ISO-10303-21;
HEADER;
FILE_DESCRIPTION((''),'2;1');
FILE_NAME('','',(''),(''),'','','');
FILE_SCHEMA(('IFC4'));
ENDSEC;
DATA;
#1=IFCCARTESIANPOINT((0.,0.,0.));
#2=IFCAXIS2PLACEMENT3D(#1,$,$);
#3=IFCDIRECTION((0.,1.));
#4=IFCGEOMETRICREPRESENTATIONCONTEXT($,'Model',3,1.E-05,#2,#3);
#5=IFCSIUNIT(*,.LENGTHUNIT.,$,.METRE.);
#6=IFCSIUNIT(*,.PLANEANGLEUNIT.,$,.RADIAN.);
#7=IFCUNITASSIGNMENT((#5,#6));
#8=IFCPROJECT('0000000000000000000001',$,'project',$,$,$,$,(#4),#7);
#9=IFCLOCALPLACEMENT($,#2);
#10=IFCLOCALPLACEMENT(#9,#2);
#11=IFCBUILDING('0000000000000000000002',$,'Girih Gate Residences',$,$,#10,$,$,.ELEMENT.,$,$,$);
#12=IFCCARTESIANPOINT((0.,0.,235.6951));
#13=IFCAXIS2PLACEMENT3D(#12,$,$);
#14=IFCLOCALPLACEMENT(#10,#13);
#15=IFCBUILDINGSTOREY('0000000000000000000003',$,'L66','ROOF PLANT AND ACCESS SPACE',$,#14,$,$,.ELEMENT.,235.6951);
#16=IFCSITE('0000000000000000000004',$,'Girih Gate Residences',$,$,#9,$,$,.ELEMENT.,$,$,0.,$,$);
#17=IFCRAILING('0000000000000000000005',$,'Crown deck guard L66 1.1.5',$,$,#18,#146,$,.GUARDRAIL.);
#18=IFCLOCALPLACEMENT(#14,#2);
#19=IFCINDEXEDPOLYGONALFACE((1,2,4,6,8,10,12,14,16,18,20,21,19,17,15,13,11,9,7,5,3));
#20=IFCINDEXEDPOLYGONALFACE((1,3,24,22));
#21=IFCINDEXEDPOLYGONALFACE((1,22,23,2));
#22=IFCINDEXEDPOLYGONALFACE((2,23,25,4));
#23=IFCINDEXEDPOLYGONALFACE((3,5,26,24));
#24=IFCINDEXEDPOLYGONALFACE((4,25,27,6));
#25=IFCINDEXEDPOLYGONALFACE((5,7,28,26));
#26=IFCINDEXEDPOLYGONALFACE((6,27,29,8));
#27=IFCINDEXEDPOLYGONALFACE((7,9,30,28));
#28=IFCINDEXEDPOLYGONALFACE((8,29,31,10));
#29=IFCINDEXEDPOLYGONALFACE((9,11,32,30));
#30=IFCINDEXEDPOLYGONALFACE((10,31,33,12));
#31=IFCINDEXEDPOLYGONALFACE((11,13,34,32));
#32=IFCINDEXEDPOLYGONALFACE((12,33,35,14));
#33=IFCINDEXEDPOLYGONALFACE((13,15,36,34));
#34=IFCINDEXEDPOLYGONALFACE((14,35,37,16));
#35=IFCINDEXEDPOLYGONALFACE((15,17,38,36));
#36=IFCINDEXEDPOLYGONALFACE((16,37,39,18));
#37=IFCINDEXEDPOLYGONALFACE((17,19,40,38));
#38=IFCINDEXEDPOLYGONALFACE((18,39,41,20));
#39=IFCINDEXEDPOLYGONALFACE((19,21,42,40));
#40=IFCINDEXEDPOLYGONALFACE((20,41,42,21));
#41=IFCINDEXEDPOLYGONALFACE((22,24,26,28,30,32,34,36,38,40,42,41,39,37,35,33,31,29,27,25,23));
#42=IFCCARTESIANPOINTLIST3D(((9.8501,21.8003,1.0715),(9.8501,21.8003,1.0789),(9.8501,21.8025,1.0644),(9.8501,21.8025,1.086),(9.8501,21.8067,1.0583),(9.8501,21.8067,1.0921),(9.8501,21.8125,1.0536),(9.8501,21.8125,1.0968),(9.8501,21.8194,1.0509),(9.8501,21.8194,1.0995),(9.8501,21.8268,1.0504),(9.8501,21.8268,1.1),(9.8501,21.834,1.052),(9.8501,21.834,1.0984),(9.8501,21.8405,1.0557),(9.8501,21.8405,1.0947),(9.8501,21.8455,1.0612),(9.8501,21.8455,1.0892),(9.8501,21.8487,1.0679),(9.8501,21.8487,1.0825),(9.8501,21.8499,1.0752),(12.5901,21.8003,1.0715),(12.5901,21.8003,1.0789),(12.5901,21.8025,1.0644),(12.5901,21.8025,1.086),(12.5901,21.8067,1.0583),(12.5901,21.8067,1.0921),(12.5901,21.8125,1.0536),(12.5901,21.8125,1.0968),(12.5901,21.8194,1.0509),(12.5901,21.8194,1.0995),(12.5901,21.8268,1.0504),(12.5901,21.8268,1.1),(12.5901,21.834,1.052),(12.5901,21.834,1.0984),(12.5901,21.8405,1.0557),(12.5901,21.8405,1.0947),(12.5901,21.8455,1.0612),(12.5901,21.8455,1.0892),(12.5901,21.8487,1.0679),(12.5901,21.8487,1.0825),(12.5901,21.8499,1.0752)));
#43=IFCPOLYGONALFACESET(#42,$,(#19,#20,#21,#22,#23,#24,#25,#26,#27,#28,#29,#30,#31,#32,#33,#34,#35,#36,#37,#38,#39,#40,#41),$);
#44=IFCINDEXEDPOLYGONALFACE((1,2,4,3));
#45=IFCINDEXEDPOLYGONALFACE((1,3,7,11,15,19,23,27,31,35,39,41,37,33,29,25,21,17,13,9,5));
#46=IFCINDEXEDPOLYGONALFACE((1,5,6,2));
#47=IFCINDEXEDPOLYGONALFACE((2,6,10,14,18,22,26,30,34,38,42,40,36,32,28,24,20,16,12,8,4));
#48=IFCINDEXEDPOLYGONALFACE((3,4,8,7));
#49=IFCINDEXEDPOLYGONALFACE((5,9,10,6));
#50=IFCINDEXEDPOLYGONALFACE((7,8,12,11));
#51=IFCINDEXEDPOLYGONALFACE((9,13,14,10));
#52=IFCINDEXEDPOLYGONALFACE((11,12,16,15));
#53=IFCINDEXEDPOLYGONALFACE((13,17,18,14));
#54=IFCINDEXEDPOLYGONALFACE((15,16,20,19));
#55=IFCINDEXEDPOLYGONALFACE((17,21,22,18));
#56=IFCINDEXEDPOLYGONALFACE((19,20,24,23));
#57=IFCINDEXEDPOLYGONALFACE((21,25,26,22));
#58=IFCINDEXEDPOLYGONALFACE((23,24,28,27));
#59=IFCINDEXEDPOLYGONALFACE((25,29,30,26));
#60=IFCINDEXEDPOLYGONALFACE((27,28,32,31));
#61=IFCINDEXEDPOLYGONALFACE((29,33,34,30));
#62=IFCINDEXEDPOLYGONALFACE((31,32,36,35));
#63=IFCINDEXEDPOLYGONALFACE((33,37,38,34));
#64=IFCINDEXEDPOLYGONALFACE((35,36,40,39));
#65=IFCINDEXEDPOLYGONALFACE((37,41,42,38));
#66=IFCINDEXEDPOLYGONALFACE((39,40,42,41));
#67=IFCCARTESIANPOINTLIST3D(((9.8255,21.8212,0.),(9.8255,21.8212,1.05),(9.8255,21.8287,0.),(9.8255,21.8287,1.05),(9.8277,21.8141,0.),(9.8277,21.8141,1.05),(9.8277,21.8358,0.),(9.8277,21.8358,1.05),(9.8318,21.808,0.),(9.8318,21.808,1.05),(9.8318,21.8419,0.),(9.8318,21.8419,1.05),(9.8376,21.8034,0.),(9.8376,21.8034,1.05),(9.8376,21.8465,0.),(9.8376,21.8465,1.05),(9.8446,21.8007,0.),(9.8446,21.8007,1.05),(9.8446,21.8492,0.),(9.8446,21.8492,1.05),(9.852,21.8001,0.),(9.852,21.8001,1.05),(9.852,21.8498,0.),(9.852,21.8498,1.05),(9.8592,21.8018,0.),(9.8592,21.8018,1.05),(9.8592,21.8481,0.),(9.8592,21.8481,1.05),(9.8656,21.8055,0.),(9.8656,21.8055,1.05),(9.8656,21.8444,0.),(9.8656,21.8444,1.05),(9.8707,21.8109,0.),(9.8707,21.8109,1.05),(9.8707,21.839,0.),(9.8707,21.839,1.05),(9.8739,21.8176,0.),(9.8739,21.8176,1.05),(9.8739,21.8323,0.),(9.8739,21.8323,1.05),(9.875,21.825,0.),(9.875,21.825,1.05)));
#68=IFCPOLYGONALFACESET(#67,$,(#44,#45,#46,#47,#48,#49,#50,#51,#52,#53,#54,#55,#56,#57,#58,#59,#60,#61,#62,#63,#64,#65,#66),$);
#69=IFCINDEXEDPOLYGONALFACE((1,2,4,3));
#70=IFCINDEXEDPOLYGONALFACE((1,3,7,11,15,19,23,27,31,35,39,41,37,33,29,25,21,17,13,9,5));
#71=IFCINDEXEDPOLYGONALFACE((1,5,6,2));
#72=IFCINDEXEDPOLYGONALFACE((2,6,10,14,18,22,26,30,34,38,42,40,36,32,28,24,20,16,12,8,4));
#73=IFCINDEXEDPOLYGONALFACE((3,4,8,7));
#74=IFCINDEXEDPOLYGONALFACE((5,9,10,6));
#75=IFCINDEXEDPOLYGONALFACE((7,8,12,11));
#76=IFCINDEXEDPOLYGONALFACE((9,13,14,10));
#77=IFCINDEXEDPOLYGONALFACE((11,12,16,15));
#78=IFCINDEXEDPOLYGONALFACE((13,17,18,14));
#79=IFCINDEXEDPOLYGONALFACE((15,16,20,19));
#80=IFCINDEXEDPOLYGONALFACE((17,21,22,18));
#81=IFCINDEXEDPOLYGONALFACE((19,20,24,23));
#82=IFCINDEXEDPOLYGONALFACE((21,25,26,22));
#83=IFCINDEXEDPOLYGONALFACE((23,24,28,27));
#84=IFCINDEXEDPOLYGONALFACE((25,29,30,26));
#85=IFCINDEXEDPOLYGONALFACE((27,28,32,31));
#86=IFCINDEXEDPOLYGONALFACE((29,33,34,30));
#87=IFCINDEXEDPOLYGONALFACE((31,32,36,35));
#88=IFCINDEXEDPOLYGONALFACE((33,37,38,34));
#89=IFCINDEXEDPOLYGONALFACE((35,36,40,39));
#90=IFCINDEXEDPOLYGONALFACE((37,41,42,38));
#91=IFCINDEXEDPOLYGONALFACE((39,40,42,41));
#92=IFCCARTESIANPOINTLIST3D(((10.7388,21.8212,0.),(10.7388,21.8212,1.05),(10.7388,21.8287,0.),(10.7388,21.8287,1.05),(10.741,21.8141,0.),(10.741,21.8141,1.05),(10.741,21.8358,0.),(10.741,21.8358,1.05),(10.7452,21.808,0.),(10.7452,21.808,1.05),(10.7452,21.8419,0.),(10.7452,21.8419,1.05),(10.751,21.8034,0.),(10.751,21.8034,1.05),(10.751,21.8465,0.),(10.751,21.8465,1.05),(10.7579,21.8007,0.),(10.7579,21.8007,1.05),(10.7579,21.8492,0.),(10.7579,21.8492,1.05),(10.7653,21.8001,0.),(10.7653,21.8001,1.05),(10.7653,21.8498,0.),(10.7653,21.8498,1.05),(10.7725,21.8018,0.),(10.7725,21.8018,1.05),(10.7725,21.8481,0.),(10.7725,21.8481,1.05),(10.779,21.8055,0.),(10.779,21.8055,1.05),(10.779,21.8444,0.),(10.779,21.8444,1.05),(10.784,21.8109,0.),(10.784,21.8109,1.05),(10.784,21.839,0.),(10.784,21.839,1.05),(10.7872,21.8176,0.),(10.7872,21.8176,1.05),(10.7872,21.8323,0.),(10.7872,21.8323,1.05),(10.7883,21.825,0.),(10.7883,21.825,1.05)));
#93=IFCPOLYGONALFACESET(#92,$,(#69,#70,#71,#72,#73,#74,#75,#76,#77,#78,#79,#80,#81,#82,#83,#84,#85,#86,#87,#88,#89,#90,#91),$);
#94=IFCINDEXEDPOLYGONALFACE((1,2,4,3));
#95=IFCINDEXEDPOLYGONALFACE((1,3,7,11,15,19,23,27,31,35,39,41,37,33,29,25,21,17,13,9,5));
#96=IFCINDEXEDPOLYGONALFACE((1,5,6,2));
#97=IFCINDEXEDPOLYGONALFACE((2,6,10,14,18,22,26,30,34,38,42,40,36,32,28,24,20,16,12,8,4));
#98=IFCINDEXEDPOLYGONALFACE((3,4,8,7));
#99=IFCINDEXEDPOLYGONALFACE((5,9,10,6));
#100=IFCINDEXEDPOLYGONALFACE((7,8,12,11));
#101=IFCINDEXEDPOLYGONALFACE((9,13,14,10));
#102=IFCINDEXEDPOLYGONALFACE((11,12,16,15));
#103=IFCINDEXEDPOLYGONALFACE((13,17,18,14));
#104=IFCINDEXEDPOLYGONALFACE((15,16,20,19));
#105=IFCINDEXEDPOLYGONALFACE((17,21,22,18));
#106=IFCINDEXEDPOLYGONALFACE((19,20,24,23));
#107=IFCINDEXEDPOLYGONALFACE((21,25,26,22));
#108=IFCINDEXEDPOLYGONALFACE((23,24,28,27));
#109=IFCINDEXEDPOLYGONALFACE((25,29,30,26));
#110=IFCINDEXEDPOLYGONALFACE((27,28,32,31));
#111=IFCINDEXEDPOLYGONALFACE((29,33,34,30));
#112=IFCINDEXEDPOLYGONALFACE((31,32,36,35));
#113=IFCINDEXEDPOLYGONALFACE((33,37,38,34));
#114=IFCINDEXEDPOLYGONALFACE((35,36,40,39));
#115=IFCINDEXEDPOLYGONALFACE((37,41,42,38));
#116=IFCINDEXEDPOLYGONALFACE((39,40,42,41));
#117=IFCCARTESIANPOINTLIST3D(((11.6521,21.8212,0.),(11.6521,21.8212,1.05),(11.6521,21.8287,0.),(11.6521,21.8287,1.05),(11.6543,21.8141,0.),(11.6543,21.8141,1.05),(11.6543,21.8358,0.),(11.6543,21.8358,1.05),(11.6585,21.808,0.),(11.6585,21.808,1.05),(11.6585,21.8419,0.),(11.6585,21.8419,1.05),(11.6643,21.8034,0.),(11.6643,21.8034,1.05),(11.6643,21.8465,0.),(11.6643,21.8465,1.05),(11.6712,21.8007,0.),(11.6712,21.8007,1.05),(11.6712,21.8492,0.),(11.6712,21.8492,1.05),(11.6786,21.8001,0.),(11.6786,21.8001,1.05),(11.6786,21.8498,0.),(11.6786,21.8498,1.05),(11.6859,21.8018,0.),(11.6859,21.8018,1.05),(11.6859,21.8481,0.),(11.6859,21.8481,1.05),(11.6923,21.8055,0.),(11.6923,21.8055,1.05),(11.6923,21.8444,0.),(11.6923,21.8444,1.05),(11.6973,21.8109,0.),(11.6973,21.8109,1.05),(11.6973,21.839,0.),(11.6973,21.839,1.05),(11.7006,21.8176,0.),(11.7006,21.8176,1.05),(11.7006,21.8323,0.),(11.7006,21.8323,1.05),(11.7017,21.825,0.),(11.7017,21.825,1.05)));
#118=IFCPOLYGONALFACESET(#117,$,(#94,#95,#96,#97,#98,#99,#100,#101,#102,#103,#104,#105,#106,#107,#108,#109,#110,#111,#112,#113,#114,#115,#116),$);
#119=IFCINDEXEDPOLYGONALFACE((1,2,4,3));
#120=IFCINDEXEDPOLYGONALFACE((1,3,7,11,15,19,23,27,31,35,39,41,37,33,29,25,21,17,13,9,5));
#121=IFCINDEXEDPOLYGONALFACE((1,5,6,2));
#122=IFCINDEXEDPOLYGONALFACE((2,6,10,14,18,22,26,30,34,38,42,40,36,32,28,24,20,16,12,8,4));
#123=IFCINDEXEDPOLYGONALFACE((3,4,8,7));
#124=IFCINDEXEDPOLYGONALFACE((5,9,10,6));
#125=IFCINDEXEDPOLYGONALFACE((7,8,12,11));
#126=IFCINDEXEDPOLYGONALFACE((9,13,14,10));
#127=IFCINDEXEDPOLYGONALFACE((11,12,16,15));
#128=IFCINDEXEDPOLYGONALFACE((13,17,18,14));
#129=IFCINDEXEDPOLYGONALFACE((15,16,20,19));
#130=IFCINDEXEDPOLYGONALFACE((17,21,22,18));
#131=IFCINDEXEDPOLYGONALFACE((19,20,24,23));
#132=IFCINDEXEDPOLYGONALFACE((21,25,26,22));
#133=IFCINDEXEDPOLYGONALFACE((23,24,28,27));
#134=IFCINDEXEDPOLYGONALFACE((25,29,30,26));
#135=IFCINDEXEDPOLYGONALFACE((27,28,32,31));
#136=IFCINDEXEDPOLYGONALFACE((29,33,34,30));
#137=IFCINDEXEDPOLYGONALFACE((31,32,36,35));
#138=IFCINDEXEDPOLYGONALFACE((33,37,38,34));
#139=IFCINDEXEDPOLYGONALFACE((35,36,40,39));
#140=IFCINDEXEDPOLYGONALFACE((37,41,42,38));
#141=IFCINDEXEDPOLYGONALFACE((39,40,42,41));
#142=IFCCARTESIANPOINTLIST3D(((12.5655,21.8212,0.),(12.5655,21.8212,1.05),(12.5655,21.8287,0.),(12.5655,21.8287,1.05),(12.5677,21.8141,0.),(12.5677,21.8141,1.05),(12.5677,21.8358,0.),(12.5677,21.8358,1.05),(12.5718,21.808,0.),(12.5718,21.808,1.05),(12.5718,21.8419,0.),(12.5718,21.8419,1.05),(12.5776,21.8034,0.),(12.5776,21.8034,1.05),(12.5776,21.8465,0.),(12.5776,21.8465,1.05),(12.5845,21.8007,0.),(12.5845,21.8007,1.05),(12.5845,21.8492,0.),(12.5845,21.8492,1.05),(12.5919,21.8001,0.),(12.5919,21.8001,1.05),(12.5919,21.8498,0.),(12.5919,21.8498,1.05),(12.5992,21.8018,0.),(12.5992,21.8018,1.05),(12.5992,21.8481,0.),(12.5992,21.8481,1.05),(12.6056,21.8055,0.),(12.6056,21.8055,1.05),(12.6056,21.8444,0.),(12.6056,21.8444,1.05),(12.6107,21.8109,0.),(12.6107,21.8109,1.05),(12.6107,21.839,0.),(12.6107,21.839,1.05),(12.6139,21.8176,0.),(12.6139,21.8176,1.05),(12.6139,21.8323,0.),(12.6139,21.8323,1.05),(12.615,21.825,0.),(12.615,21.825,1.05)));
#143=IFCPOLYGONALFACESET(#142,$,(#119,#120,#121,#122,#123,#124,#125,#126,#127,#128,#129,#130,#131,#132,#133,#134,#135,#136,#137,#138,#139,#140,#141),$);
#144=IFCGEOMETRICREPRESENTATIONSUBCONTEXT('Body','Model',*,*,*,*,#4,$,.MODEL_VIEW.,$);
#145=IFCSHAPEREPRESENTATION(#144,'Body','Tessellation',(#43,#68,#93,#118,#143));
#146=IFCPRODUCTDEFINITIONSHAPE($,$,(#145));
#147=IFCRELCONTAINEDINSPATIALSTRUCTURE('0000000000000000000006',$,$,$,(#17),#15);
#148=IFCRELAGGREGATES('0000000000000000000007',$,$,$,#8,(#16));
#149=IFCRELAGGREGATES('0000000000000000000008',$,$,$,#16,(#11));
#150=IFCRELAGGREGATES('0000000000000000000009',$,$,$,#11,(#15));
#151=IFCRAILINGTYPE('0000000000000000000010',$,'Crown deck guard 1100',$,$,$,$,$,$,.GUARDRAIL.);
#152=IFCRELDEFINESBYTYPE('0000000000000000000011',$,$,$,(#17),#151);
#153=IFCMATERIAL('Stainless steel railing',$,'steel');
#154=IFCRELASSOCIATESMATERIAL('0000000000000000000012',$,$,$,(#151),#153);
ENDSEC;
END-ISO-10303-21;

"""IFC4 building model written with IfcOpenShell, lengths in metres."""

from ifc_helpers import new_model, si_unit, direction, frame, origin, origin_2d, place, context, subcontext, project, spatial, circle, extrude, material, type_object, element, save


model = new_model("IFC4")

# Units and contexts
model_context = context("Model", 3, precision=1e-05, world=origin(), true_north=direction((0.0, 1.0)))
body_context = subcontext(model_context, "Body", "Model", "MODEL_VIEW")
ifc_project = project(units=[si_unit("LENGTHUNIT", "METRE"), si_unit("PLANEANGLEUNIT", "RADIAN")], contexts=[model_context])

# Site, building, storey
site_placement = place(None, origin())
site = spatial("IfcSite", under=ifc_project, at=site_placement, Name="Girih Gate Residences", CompositionType="ELEMENT", RefElevation=0.0)
building_placement = place(site_placement, origin())
building = spatial("IfcBuilding", under=site, at=building_placement, Name="Girih Gate Residences", CompositionType="ELEMENT")
storey_placement = place(building_placement, frame((0.0, 0.0, 235.6951)))
storey = spatial("IfcBuildingStorey", under=building, at=storey_placement, Name="L66", Description="ROOF PLANT AND ACCESS SPACE", CompositionType="ELEMENT", Elevation=235.6951)

# Railing
ifc_material_1 = material(Name="Stainless steel railing", Category="steel")
railing_type = type_object("IfcRailingType", Name="Crown deck guard 1100", PredefinedType="GUARDRAIL", material=ifc_material_1)
railing_1_placement = place(storey_placement, frame((9.8501, 21.825, 0.0)))
element("IfcRailing", 1, at=railing_1_placement, inside=storey, type_object=railing_type, Name="Crown deck guard L66 1.1.5", PredefinedType="GUARDRAIL", context=body_context, shape_type="SweptSolid", body=[
    extrude(circle(Radius=0.0249, at=origin_2d()), frame((0.0, 0.0, 1.0752), z_axis=(1.0, 0.0, 0.0), x_axis=(0.0, 1.0, 0.0)), (0.0, 0.0, 1.0), 2.74),
    extrude(circle(Radius=0.0249, at=origin_2d()), origin(), (0.0, 0.0, 1.0), 1.05),
    extrude(circle(Radius=0.0249, at=origin_2d()), frame((0.9133, 0.0, 0.0)), (0.0, 0.0, 1.0), 1.05),
    extrude(circle(Radius=0.0249, at=origin_2d()), frame((1.8267, 0.0, 0.0)), (0.0, 0.0, 1.0), 1.05),
    extrude(circle(Radius=0.0249, at=origin_2d()), frame((2.74, 0.0, 0.0)), (0.0, 0.0, 1.0), 1.05),
])

save(model, "model.ifc")
